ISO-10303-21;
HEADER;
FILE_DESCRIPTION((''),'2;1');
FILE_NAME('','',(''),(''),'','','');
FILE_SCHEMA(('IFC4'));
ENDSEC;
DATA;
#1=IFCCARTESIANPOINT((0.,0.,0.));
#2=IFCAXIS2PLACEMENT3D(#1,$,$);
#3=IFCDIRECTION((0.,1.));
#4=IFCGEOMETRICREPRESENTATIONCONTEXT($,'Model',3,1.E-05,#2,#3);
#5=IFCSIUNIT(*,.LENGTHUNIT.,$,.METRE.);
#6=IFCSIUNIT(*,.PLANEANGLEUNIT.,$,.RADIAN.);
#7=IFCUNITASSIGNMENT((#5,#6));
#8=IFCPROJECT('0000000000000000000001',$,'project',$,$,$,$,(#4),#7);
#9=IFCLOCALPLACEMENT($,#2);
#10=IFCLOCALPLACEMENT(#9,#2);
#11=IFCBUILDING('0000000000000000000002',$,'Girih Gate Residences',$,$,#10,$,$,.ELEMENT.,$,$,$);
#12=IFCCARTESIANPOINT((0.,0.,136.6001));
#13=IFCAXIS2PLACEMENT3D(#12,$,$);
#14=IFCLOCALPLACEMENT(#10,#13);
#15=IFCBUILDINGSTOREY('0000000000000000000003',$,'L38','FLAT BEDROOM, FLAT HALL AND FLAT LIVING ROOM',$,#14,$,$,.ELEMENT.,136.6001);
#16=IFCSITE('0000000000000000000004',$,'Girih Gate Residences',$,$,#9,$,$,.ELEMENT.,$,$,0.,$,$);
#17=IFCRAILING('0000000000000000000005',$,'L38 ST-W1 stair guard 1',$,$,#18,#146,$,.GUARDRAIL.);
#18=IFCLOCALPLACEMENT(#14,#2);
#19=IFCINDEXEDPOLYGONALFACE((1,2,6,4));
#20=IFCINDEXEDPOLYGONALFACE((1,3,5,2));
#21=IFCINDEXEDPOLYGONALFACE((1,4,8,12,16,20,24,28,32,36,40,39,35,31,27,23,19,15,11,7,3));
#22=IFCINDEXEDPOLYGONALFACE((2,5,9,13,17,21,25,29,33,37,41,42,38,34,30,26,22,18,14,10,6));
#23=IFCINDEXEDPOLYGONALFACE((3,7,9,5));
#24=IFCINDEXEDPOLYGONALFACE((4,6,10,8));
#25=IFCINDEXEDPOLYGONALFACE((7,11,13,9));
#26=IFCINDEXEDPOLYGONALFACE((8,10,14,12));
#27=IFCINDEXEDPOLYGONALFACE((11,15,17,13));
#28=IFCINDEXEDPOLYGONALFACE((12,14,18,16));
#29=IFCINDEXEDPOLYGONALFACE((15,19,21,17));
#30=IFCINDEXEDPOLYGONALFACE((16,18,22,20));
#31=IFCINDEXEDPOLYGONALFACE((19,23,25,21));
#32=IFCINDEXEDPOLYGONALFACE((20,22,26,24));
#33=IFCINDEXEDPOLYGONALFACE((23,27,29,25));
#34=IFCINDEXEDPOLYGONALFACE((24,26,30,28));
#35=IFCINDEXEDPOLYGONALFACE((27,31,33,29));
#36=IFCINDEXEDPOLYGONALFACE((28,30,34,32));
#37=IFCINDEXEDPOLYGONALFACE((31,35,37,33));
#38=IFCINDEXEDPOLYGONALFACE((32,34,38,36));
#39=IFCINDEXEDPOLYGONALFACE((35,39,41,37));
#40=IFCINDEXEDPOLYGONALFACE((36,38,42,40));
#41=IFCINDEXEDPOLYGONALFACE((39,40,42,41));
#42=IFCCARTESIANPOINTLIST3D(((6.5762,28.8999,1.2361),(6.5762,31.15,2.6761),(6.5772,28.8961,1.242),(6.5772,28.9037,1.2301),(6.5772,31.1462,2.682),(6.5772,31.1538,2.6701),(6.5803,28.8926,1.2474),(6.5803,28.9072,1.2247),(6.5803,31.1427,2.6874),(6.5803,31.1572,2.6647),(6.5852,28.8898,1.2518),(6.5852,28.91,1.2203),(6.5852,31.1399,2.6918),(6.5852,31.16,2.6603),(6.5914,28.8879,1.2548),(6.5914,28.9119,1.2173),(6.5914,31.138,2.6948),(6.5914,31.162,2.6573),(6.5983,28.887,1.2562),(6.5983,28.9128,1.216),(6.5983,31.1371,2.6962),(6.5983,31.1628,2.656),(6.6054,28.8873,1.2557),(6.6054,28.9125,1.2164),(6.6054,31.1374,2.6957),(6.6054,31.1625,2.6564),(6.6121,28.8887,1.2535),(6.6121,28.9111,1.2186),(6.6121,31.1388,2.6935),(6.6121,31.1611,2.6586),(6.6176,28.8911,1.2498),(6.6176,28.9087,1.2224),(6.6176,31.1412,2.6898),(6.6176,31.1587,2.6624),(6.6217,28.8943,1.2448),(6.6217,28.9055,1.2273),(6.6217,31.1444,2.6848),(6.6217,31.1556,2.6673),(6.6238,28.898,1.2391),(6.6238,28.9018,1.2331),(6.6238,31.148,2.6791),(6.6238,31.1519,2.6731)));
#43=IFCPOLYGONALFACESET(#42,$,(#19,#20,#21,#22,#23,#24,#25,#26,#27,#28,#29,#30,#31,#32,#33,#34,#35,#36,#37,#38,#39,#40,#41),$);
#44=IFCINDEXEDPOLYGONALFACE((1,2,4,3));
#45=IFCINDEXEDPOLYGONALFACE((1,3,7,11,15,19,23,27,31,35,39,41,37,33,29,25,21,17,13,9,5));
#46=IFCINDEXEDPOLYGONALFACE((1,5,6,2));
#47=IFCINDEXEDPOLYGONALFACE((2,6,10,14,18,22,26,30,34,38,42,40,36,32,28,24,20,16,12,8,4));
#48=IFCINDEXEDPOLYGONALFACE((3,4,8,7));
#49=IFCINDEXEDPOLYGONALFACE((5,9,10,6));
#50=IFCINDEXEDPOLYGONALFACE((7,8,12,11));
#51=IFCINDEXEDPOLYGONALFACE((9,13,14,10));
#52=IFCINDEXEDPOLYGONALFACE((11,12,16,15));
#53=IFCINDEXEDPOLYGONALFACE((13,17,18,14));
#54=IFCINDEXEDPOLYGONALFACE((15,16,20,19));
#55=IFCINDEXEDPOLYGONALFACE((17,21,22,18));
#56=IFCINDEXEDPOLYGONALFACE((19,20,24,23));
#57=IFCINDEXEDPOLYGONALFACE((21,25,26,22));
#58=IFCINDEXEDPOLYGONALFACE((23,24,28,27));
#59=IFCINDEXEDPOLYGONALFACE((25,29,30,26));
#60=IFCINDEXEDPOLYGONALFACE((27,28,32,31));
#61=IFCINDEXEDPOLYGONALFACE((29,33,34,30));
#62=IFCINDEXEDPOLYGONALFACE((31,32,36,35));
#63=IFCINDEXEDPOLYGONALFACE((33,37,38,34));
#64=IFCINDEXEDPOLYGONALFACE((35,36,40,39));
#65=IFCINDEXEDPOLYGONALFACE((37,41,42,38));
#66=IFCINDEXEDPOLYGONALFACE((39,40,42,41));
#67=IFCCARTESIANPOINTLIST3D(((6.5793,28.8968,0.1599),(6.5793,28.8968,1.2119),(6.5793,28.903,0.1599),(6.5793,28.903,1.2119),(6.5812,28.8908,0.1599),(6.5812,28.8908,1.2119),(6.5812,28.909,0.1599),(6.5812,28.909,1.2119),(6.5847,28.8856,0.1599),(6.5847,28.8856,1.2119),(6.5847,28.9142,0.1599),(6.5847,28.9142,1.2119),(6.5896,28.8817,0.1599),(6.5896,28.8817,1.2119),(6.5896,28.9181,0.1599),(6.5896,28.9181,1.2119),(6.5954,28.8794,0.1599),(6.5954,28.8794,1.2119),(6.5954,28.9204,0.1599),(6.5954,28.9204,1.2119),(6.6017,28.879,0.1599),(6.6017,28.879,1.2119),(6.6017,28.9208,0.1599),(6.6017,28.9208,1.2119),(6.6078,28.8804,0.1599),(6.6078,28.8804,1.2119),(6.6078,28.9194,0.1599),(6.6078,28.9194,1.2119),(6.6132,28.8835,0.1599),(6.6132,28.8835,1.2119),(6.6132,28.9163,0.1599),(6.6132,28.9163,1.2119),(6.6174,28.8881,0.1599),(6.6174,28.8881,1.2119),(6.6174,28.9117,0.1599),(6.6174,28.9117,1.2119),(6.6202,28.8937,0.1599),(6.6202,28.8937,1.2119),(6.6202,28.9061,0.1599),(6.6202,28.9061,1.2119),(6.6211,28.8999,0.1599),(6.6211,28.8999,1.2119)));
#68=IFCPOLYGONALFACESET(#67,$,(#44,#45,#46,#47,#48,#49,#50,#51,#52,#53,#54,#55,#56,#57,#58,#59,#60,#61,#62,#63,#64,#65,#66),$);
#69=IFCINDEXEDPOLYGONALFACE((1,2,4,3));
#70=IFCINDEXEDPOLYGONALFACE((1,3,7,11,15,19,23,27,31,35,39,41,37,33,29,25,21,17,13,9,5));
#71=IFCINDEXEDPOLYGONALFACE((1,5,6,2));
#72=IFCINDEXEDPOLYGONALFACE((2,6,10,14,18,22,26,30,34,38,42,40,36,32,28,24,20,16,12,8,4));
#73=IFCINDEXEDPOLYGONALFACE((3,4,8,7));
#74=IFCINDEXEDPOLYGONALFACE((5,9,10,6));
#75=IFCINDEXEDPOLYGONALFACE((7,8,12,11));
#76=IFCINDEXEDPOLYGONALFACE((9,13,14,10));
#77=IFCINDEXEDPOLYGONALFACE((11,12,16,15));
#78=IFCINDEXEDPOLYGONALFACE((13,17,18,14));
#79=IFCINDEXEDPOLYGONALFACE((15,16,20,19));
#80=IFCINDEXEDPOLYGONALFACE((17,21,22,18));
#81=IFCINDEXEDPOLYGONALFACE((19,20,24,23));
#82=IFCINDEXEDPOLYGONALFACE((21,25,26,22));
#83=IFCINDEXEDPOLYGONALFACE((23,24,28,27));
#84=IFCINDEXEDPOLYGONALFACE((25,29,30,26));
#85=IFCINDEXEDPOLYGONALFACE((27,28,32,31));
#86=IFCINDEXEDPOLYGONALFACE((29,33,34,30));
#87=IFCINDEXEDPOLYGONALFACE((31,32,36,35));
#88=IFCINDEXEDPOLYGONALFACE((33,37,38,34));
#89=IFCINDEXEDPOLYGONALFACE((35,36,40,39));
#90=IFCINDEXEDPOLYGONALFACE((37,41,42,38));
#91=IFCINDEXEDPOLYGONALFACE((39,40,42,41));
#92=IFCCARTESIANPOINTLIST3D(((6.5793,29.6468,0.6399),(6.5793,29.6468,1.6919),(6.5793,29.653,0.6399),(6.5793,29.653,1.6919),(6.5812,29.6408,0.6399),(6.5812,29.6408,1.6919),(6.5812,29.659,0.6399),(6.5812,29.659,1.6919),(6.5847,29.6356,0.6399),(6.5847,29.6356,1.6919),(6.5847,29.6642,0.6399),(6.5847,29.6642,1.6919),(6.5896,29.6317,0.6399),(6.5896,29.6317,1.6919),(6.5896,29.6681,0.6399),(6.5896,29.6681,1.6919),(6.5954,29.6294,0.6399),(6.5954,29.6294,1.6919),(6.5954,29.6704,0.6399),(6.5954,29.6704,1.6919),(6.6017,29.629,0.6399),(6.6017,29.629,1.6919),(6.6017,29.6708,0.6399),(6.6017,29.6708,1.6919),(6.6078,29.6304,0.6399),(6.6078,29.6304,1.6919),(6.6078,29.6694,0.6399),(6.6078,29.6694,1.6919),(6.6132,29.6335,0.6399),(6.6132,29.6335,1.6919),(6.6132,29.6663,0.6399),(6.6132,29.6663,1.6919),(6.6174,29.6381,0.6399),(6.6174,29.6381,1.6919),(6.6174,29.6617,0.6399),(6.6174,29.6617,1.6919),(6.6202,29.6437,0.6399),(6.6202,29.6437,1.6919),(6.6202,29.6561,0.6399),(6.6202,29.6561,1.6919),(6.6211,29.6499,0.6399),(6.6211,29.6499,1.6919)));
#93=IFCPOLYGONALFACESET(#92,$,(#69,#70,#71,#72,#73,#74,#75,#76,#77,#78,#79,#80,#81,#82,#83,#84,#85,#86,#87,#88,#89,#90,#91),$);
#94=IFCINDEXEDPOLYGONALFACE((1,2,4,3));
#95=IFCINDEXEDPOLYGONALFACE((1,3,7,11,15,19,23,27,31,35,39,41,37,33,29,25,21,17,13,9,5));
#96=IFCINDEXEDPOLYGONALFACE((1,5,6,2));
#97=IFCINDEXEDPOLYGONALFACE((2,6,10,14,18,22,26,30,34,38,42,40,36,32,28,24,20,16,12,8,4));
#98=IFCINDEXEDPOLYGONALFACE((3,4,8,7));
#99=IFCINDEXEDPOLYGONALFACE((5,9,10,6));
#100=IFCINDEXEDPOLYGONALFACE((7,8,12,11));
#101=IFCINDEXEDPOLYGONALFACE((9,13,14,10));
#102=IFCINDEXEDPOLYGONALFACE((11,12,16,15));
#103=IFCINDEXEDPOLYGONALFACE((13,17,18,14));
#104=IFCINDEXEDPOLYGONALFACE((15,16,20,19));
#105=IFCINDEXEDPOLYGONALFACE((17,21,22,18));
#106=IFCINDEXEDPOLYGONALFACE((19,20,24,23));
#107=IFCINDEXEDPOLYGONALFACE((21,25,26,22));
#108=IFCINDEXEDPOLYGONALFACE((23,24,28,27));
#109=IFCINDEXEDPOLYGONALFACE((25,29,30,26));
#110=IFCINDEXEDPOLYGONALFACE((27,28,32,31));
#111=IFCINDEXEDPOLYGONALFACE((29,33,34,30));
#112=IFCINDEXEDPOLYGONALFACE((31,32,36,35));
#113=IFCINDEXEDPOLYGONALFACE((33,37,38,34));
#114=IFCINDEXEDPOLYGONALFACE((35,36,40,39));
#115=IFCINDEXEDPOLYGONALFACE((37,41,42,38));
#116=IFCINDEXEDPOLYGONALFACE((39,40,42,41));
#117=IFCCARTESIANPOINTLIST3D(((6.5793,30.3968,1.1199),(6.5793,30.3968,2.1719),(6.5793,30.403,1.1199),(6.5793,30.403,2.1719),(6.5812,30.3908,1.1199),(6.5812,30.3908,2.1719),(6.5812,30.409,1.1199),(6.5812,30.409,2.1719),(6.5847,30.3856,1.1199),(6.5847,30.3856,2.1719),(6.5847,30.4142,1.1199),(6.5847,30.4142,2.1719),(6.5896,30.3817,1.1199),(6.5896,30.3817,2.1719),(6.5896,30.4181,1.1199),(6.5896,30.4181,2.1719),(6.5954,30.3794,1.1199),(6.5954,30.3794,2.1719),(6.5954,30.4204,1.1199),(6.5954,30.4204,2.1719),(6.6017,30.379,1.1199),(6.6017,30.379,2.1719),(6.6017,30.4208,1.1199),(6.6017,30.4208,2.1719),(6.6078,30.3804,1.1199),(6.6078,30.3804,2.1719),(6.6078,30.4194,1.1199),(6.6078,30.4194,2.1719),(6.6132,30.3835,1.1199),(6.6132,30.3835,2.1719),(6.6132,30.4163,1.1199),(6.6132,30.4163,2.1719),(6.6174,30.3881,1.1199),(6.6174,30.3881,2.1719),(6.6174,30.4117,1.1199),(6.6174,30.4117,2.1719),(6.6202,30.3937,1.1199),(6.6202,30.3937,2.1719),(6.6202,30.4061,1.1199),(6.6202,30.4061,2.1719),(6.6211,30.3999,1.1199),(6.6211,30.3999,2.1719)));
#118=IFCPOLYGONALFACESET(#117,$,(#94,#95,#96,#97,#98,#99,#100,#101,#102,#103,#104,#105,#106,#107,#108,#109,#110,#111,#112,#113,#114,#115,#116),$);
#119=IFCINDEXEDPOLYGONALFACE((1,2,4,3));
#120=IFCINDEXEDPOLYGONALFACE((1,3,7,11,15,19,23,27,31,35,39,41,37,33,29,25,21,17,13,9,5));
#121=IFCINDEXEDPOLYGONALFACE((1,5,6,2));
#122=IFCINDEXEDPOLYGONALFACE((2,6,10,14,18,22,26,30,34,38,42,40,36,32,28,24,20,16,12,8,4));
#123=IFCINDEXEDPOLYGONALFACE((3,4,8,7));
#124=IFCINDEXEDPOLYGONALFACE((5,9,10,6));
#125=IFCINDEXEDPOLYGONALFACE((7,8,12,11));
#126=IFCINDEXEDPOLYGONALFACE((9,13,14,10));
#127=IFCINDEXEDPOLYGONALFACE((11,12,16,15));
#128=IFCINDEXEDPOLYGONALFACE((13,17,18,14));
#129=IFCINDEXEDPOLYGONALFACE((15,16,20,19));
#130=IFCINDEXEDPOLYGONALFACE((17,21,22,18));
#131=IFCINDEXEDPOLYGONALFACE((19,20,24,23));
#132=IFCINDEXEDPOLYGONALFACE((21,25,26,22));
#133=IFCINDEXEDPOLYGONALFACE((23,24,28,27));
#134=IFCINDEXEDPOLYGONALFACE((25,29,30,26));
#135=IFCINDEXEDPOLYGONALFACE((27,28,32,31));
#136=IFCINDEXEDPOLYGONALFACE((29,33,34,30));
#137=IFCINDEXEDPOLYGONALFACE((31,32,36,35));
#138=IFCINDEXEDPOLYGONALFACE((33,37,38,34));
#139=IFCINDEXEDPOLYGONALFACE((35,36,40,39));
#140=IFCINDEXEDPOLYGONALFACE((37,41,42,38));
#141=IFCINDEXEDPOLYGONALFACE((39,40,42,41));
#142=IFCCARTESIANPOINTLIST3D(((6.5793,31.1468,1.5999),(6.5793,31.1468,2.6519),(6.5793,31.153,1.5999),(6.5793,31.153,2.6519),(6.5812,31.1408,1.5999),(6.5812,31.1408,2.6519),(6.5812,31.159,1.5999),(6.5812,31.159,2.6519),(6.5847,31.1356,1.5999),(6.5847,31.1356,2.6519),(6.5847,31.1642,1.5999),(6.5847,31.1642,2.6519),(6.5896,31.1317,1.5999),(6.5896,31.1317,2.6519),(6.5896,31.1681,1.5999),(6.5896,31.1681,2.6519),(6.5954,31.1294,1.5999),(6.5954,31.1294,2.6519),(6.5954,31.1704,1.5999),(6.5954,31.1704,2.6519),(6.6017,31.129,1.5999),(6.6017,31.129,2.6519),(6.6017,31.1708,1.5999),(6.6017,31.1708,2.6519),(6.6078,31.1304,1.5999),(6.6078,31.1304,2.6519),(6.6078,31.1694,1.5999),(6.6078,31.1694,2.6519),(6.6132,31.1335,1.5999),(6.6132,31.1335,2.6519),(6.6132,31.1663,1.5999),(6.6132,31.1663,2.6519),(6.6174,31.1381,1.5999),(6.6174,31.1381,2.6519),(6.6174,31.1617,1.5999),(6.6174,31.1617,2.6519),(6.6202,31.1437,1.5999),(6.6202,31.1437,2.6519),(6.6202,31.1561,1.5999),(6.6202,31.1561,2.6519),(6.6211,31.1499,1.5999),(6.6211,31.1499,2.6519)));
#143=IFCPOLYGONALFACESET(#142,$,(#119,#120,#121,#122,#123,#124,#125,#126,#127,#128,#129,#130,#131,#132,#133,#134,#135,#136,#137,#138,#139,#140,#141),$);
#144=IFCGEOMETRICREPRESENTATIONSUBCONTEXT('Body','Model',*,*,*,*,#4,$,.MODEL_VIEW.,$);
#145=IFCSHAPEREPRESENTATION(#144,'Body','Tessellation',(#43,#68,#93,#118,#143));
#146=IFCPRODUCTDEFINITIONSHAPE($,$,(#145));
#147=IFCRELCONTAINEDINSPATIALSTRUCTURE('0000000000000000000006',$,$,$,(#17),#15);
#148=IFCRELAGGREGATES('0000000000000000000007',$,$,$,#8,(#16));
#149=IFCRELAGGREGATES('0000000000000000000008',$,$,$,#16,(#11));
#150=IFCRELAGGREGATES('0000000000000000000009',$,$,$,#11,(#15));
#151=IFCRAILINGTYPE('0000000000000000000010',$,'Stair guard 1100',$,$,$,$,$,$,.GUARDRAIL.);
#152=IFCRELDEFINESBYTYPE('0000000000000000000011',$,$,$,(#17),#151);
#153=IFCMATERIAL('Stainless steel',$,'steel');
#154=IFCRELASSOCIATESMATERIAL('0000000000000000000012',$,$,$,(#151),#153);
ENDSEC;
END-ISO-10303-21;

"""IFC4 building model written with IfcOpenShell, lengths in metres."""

from ifc_helpers import new_model, si_unit, direction, frame, origin, origin_2d, place, context, subcontext, project, spatial, circle, extrude, material, type_object, element, save


model = new_model("IFC4")

# Units and contexts
model_context = context("Model", 3, precision=1e-05, world=origin(), true_north=direction((0.0, 1.0)))
body_context = subcontext(model_context, "Body", "Model", "MODEL_VIEW")
ifc_project = project(units=[si_unit("LENGTHUNIT", "METRE"), si_unit("PLANEANGLEUNIT", "RADIAN")], contexts=[model_context])

# Site, building, storey
site_placement = place(None, origin())
site = spatial("IfcSite", under=ifc_project, at=site_placement, Name="Girih Gate Residences", CompositionType="ELEMENT", RefElevation=0.0)
building_placement = place(site_placement, origin())
building = spatial("IfcBuilding", under=site, at=building_placement, Name="Girih Gate Residences", CompositionType="ELEMENT")
storey_placement = place(building_placement, frame((0.0, 0.0, 136.6001)))
storey = spatial("IfcBuildingStorey", under=building, at=storey_placement, Name="L38", Description="FLAT BEDROOM, FLAT HALL AND FLAT LIVING ROOM", CompositionType="ELEMENT", Elevation=136.6001)

# Railing
ifc_material_1 = material(Name="Stainless steel", Category="steel")
railing_type_1 = type_object("IfcRailingType", Name="Stair guard 1100", PredefinedType="GUARDRAIL", material=ifc_material_1)
railing_1_placement = place(storey_placement, frame((6.6001, 28.8999, 0.1599)))
element("IfcRailing", 1, at=railing_1_placement, inside=storey, type_object=railing_type_1, Name="L38 ST-W1 stair guard 1", PredefinedType="GUARDRAIL", context=body_context, shape_type="SweptSolid", body=[
    extrude(circle(Radius=0.0239, at=origin_2d()), frame((0.0, 0.0, 1.0762), z_axis=(0.0, 0.842281, 0.539038), x_axis=(-1.0, 0.0, 0.0)), (0.0, 0.0, 1.0), 2.6714),
    extrude(circle(Radius=0.021, at=origin_2d()), origin(), (0.0, 0.0, 1.0), 1.052),
    extrude(circle(Radius=0.021, at=origin_2d()), frame((0.0, 0.75, 0.48)), (0.0, 0.0, 1.0), 1.052),
    extrude(circle(Radius=0.021, at=origin_2d()), frame((0.0, 1.5, 0.96)), (0.0, 0.0, 1.0), 1.052),
    extrude(circle(Radius=0.021, at=origin_2d()), frame((0.0, 2.25, 1.4399)), (0.0, 0.0, 1.0), 1.052),
])

save(model, "model.ifc")
